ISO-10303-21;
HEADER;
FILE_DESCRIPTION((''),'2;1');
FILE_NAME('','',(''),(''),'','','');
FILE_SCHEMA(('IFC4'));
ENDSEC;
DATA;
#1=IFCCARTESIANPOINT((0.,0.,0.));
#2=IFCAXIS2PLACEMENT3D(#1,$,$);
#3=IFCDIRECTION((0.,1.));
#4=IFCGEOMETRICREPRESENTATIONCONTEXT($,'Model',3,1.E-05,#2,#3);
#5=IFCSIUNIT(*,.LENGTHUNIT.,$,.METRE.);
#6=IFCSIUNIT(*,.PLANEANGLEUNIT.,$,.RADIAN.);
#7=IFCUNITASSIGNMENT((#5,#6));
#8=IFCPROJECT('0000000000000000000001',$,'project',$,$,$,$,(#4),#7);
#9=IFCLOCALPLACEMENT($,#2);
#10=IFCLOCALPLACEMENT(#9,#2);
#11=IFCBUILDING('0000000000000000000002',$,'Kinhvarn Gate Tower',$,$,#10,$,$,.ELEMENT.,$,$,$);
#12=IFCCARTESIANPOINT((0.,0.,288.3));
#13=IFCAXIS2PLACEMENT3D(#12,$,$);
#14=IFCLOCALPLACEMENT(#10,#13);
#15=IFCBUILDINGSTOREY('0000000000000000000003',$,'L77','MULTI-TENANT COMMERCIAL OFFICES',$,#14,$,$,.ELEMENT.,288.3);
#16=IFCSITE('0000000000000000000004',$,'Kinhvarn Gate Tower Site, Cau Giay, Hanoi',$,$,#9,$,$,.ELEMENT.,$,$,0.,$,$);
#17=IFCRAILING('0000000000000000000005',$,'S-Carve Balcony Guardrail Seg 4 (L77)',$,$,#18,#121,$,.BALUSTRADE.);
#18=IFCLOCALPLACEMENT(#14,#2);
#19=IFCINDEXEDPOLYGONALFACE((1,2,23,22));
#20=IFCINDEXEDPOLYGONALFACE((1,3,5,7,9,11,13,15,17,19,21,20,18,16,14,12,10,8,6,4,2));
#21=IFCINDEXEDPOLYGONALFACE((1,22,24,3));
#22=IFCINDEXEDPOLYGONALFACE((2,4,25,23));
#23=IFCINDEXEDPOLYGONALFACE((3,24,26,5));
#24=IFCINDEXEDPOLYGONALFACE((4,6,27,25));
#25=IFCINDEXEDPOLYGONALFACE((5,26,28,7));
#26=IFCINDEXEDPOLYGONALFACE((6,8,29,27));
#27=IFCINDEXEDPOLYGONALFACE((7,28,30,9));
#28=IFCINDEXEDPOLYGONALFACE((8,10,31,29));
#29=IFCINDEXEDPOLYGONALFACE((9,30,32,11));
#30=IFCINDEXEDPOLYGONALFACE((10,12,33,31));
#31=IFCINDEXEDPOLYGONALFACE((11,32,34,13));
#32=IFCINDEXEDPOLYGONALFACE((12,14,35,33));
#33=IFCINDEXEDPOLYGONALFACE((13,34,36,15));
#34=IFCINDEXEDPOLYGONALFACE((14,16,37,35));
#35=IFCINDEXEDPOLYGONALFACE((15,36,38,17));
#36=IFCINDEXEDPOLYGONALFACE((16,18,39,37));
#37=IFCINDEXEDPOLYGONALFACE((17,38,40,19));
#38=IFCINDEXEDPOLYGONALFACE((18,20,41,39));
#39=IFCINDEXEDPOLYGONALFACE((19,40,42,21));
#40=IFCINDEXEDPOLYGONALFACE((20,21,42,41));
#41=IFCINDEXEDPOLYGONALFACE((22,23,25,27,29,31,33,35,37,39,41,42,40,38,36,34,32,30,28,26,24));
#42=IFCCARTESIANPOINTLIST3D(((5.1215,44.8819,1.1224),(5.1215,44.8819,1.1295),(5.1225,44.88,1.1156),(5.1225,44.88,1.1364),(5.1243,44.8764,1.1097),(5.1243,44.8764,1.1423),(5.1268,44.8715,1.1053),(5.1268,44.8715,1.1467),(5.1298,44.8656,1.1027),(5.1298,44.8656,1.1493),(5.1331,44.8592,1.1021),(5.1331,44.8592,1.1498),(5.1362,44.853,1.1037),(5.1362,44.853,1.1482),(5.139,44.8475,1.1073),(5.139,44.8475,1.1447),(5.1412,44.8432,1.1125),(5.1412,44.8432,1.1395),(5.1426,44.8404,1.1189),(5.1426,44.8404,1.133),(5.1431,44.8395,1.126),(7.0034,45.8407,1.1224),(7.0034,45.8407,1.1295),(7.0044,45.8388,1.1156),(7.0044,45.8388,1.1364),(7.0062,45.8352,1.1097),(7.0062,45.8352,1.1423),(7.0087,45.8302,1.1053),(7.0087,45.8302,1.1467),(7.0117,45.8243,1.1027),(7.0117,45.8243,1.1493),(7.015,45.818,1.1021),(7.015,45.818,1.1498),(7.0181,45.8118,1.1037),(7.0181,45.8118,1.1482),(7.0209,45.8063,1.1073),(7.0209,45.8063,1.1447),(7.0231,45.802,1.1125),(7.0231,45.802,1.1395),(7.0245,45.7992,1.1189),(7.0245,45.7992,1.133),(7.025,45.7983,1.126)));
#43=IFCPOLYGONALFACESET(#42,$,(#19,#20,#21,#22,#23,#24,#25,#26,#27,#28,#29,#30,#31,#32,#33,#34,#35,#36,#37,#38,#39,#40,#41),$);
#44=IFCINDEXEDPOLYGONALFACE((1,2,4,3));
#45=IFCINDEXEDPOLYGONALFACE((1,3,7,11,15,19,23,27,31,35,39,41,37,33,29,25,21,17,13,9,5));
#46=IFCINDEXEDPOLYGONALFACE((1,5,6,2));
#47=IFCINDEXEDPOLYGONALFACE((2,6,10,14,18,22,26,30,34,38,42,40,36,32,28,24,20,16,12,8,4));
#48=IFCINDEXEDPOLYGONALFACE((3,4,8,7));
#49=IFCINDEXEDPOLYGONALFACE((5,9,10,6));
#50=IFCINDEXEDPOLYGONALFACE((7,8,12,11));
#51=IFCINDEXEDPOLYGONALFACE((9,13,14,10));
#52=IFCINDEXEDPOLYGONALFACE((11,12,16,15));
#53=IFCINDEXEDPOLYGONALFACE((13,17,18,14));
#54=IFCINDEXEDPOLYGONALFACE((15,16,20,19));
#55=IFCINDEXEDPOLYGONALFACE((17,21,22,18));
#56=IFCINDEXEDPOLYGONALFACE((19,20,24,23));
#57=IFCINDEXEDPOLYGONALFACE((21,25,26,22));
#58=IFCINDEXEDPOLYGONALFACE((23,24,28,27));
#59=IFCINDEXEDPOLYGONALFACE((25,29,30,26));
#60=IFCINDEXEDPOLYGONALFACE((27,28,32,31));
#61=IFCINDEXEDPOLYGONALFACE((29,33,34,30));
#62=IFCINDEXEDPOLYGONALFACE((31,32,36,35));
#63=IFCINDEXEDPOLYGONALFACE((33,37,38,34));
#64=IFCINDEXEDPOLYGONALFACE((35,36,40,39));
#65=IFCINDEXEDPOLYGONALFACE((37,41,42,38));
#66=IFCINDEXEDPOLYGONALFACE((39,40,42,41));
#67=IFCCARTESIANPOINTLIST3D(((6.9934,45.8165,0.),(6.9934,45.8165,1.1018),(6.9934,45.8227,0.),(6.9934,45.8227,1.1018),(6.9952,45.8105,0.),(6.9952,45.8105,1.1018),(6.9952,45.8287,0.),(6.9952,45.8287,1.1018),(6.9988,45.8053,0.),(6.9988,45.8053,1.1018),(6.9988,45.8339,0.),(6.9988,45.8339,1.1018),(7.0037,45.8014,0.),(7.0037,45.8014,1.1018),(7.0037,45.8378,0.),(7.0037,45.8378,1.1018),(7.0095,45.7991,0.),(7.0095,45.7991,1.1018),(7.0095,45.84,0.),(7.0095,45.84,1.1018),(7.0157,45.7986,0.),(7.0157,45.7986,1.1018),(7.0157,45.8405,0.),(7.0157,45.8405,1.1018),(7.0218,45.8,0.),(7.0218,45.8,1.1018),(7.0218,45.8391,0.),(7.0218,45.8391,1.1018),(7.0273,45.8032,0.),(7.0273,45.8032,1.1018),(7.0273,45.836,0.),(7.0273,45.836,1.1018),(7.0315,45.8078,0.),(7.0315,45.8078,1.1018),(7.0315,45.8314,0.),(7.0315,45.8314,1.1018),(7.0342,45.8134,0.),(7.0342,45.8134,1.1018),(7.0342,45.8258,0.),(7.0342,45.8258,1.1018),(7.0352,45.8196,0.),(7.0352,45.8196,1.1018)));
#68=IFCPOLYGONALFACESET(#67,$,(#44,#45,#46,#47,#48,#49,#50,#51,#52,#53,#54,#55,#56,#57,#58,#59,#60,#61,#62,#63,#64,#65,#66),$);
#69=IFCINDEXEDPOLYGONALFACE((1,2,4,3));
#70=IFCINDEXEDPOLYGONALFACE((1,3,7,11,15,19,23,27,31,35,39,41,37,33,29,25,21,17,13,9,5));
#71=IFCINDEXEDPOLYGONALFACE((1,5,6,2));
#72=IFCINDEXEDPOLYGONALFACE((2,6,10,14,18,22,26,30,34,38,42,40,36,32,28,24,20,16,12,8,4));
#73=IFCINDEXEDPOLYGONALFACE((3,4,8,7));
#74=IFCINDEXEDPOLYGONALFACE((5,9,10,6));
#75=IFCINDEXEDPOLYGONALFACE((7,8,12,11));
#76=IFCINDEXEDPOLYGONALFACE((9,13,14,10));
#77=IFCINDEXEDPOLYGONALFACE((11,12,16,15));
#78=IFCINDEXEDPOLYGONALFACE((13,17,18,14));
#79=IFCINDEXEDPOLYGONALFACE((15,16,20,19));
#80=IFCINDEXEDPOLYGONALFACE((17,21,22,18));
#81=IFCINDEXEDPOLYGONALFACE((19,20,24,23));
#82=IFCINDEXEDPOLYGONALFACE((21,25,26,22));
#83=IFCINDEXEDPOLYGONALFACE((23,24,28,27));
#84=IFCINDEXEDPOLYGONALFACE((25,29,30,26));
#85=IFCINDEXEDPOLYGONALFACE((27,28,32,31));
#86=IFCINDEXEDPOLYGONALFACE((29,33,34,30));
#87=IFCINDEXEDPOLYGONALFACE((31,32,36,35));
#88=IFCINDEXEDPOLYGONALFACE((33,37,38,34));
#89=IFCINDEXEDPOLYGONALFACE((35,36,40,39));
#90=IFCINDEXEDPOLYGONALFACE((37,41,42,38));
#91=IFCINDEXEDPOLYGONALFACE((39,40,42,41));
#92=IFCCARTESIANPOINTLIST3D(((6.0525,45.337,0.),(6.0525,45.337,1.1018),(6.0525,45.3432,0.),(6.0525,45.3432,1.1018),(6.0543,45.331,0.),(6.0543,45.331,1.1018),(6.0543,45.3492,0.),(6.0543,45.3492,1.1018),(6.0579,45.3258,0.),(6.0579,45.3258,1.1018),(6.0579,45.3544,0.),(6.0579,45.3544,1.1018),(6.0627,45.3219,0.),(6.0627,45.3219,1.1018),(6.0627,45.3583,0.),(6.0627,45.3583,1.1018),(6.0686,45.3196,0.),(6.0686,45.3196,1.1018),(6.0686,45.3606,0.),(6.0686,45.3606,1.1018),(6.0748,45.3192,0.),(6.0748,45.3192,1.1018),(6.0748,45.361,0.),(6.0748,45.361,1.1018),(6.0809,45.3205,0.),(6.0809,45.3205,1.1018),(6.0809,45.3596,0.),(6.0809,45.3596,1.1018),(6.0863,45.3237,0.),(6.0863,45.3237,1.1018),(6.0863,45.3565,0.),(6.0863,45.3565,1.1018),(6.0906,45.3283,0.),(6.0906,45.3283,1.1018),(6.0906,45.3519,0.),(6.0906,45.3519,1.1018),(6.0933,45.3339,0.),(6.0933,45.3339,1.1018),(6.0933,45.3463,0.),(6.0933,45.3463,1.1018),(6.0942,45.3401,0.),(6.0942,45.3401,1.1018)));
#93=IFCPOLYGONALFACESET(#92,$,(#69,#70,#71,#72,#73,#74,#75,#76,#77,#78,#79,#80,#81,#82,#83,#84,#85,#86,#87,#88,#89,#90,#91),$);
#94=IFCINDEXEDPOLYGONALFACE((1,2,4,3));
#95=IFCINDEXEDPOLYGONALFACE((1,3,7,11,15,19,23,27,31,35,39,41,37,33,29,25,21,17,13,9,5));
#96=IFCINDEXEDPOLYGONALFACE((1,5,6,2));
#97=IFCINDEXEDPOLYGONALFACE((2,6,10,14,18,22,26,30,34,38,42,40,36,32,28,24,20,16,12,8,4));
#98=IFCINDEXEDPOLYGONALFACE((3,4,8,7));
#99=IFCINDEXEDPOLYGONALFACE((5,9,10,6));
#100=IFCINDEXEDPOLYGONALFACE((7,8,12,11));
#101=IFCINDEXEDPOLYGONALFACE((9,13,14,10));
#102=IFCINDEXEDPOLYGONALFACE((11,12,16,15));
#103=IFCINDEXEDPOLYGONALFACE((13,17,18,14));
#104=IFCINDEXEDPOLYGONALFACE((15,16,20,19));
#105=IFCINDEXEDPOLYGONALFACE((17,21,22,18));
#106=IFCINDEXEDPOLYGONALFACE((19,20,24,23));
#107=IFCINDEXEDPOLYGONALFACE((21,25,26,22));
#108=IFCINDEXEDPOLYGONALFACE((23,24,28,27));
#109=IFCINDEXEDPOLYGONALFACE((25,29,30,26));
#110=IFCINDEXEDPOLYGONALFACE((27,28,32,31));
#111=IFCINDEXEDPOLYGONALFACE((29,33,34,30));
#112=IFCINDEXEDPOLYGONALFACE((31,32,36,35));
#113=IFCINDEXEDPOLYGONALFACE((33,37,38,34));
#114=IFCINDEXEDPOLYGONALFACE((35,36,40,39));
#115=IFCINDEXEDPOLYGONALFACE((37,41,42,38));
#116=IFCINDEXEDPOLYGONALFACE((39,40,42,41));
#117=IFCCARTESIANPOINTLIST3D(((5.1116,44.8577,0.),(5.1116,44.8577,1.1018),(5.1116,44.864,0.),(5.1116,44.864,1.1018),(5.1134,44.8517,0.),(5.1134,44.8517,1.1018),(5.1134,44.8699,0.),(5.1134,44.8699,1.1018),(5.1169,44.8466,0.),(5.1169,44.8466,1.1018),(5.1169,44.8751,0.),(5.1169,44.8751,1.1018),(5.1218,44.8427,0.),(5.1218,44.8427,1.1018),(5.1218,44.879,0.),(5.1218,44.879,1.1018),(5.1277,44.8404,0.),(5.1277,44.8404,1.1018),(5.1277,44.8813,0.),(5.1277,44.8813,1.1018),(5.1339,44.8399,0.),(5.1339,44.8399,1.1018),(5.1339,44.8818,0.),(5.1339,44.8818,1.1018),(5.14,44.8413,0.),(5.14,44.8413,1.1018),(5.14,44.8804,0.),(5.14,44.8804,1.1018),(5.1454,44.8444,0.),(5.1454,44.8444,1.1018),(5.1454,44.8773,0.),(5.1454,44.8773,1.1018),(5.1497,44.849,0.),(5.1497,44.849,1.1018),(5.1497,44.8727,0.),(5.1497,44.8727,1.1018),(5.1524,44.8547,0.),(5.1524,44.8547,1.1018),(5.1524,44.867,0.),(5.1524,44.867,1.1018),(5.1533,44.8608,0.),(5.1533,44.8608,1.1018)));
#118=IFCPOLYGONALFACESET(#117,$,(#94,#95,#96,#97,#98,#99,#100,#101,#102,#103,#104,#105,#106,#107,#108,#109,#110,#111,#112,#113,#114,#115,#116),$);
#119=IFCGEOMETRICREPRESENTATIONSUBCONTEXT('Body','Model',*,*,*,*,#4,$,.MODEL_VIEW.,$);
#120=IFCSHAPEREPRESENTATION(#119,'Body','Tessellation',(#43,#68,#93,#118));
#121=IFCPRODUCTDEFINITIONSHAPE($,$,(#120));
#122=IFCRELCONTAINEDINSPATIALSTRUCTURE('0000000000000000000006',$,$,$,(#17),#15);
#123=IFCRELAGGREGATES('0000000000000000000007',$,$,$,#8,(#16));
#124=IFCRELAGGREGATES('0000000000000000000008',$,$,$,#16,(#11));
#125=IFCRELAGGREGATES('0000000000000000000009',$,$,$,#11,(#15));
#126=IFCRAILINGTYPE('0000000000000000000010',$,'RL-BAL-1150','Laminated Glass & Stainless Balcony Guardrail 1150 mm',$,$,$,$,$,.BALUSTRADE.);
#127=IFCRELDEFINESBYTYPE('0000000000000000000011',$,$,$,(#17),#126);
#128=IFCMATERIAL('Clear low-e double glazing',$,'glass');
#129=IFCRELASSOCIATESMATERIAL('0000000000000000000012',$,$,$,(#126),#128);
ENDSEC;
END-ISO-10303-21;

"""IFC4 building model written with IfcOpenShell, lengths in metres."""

from ifc_helpers import new_model, si_unit, direction, frame, origin, origin_2d, place, context, subcontext, project, spatial, circle, extrude, material, type_object, element, save


model = new_model("IFC4")

# Units and contexts
model_context = context("Model", 3, precision=1e-05, world=origin(), true_north=direction((0.0, 1.0)))
body_context = subcontext(model_context, "Body", "Model", "MODEL_VIEW")
ifc_project = project(units=[si_unit("LENGTHUNIT", "METRE"), si_unit("PLANEANGLEUNIT", "RADIAN")], contexts=[model_context])

# Site, building, storey
site_placement = place(None, origin())
site = spatial("IfcSite", under=ifc_project, at=site_placement, Name="Kinhvarn Gate Tower Site, Cau Giay, Hanoi", CompositionType="ELEMENT", RefElevation=0.0)
building_placement = place(site_placement, origin())
building = spatial("IfcBuilding", under=site, at=building_placement, Name="Kinhvarn Gate Tower", CompositionType="ELEMENT")
storey_placement = place(building_placement, frame((0.0, 0.0, 288.3)))
storey = spatial("IfcBuildingStorey", under=building, at=storey_placement, Name="L77", Description="MULTI-TENANT COMMERCIAL OFFICES", CompositionType="ELEMENT", Elevation=288.3)

# Shared definitions
ifc_material_1 = material(Name="Clear low-e double glazing", Category="glass")

# Railing
railing_type = type_object("IfcRailingType", Name="RL-BAL-1150", Description="Laminated Glass & Stainless Balcony Guardrail 1150 mm", PredefinedType="BALUSTRADE", material=ifc_material_1)
railing_1_placement = place(storey_placement, frame((7.0142, 45.8196, 0.0)))
element("IfcRailing", 1, at=railing_1_placement, inside=storey, type_object=railing_type, Name="S-Carve Balcony Guardrail Seg 4 (L77)", PredefinedType="BALUSTRADE", context=body_context, shape_type="SweptSolid", body=[
    extrude(circle(Radius=0.0239, at=origin_2d()), frame((0.0, 0.0, 1.126), z_axis=(-0.891026, -0.453952, 0.0), x_axis=(0.453952, -0.891026, 0.0)), (0.0, 0.0, 1.0), 2.1121),
    extrude(circle(Radius=0.021, at=origin_2d()), origin(), (0.0, 0.0, 1.0), 1.1018),
    extrude(circle(Radius=0.021, at=origin_2d()), frame((-0.9409, -0.4795, 0.0)), (0.0, 0.0, 1.0), 1.1018),
    extrude(circle(Radius=0.021, at=origin_2d()), frame((-1.8818, -0.9587, 0.0)), (0.0, 0.0, 1.0), 1.1018),
])

save(model, "model.ifc")
